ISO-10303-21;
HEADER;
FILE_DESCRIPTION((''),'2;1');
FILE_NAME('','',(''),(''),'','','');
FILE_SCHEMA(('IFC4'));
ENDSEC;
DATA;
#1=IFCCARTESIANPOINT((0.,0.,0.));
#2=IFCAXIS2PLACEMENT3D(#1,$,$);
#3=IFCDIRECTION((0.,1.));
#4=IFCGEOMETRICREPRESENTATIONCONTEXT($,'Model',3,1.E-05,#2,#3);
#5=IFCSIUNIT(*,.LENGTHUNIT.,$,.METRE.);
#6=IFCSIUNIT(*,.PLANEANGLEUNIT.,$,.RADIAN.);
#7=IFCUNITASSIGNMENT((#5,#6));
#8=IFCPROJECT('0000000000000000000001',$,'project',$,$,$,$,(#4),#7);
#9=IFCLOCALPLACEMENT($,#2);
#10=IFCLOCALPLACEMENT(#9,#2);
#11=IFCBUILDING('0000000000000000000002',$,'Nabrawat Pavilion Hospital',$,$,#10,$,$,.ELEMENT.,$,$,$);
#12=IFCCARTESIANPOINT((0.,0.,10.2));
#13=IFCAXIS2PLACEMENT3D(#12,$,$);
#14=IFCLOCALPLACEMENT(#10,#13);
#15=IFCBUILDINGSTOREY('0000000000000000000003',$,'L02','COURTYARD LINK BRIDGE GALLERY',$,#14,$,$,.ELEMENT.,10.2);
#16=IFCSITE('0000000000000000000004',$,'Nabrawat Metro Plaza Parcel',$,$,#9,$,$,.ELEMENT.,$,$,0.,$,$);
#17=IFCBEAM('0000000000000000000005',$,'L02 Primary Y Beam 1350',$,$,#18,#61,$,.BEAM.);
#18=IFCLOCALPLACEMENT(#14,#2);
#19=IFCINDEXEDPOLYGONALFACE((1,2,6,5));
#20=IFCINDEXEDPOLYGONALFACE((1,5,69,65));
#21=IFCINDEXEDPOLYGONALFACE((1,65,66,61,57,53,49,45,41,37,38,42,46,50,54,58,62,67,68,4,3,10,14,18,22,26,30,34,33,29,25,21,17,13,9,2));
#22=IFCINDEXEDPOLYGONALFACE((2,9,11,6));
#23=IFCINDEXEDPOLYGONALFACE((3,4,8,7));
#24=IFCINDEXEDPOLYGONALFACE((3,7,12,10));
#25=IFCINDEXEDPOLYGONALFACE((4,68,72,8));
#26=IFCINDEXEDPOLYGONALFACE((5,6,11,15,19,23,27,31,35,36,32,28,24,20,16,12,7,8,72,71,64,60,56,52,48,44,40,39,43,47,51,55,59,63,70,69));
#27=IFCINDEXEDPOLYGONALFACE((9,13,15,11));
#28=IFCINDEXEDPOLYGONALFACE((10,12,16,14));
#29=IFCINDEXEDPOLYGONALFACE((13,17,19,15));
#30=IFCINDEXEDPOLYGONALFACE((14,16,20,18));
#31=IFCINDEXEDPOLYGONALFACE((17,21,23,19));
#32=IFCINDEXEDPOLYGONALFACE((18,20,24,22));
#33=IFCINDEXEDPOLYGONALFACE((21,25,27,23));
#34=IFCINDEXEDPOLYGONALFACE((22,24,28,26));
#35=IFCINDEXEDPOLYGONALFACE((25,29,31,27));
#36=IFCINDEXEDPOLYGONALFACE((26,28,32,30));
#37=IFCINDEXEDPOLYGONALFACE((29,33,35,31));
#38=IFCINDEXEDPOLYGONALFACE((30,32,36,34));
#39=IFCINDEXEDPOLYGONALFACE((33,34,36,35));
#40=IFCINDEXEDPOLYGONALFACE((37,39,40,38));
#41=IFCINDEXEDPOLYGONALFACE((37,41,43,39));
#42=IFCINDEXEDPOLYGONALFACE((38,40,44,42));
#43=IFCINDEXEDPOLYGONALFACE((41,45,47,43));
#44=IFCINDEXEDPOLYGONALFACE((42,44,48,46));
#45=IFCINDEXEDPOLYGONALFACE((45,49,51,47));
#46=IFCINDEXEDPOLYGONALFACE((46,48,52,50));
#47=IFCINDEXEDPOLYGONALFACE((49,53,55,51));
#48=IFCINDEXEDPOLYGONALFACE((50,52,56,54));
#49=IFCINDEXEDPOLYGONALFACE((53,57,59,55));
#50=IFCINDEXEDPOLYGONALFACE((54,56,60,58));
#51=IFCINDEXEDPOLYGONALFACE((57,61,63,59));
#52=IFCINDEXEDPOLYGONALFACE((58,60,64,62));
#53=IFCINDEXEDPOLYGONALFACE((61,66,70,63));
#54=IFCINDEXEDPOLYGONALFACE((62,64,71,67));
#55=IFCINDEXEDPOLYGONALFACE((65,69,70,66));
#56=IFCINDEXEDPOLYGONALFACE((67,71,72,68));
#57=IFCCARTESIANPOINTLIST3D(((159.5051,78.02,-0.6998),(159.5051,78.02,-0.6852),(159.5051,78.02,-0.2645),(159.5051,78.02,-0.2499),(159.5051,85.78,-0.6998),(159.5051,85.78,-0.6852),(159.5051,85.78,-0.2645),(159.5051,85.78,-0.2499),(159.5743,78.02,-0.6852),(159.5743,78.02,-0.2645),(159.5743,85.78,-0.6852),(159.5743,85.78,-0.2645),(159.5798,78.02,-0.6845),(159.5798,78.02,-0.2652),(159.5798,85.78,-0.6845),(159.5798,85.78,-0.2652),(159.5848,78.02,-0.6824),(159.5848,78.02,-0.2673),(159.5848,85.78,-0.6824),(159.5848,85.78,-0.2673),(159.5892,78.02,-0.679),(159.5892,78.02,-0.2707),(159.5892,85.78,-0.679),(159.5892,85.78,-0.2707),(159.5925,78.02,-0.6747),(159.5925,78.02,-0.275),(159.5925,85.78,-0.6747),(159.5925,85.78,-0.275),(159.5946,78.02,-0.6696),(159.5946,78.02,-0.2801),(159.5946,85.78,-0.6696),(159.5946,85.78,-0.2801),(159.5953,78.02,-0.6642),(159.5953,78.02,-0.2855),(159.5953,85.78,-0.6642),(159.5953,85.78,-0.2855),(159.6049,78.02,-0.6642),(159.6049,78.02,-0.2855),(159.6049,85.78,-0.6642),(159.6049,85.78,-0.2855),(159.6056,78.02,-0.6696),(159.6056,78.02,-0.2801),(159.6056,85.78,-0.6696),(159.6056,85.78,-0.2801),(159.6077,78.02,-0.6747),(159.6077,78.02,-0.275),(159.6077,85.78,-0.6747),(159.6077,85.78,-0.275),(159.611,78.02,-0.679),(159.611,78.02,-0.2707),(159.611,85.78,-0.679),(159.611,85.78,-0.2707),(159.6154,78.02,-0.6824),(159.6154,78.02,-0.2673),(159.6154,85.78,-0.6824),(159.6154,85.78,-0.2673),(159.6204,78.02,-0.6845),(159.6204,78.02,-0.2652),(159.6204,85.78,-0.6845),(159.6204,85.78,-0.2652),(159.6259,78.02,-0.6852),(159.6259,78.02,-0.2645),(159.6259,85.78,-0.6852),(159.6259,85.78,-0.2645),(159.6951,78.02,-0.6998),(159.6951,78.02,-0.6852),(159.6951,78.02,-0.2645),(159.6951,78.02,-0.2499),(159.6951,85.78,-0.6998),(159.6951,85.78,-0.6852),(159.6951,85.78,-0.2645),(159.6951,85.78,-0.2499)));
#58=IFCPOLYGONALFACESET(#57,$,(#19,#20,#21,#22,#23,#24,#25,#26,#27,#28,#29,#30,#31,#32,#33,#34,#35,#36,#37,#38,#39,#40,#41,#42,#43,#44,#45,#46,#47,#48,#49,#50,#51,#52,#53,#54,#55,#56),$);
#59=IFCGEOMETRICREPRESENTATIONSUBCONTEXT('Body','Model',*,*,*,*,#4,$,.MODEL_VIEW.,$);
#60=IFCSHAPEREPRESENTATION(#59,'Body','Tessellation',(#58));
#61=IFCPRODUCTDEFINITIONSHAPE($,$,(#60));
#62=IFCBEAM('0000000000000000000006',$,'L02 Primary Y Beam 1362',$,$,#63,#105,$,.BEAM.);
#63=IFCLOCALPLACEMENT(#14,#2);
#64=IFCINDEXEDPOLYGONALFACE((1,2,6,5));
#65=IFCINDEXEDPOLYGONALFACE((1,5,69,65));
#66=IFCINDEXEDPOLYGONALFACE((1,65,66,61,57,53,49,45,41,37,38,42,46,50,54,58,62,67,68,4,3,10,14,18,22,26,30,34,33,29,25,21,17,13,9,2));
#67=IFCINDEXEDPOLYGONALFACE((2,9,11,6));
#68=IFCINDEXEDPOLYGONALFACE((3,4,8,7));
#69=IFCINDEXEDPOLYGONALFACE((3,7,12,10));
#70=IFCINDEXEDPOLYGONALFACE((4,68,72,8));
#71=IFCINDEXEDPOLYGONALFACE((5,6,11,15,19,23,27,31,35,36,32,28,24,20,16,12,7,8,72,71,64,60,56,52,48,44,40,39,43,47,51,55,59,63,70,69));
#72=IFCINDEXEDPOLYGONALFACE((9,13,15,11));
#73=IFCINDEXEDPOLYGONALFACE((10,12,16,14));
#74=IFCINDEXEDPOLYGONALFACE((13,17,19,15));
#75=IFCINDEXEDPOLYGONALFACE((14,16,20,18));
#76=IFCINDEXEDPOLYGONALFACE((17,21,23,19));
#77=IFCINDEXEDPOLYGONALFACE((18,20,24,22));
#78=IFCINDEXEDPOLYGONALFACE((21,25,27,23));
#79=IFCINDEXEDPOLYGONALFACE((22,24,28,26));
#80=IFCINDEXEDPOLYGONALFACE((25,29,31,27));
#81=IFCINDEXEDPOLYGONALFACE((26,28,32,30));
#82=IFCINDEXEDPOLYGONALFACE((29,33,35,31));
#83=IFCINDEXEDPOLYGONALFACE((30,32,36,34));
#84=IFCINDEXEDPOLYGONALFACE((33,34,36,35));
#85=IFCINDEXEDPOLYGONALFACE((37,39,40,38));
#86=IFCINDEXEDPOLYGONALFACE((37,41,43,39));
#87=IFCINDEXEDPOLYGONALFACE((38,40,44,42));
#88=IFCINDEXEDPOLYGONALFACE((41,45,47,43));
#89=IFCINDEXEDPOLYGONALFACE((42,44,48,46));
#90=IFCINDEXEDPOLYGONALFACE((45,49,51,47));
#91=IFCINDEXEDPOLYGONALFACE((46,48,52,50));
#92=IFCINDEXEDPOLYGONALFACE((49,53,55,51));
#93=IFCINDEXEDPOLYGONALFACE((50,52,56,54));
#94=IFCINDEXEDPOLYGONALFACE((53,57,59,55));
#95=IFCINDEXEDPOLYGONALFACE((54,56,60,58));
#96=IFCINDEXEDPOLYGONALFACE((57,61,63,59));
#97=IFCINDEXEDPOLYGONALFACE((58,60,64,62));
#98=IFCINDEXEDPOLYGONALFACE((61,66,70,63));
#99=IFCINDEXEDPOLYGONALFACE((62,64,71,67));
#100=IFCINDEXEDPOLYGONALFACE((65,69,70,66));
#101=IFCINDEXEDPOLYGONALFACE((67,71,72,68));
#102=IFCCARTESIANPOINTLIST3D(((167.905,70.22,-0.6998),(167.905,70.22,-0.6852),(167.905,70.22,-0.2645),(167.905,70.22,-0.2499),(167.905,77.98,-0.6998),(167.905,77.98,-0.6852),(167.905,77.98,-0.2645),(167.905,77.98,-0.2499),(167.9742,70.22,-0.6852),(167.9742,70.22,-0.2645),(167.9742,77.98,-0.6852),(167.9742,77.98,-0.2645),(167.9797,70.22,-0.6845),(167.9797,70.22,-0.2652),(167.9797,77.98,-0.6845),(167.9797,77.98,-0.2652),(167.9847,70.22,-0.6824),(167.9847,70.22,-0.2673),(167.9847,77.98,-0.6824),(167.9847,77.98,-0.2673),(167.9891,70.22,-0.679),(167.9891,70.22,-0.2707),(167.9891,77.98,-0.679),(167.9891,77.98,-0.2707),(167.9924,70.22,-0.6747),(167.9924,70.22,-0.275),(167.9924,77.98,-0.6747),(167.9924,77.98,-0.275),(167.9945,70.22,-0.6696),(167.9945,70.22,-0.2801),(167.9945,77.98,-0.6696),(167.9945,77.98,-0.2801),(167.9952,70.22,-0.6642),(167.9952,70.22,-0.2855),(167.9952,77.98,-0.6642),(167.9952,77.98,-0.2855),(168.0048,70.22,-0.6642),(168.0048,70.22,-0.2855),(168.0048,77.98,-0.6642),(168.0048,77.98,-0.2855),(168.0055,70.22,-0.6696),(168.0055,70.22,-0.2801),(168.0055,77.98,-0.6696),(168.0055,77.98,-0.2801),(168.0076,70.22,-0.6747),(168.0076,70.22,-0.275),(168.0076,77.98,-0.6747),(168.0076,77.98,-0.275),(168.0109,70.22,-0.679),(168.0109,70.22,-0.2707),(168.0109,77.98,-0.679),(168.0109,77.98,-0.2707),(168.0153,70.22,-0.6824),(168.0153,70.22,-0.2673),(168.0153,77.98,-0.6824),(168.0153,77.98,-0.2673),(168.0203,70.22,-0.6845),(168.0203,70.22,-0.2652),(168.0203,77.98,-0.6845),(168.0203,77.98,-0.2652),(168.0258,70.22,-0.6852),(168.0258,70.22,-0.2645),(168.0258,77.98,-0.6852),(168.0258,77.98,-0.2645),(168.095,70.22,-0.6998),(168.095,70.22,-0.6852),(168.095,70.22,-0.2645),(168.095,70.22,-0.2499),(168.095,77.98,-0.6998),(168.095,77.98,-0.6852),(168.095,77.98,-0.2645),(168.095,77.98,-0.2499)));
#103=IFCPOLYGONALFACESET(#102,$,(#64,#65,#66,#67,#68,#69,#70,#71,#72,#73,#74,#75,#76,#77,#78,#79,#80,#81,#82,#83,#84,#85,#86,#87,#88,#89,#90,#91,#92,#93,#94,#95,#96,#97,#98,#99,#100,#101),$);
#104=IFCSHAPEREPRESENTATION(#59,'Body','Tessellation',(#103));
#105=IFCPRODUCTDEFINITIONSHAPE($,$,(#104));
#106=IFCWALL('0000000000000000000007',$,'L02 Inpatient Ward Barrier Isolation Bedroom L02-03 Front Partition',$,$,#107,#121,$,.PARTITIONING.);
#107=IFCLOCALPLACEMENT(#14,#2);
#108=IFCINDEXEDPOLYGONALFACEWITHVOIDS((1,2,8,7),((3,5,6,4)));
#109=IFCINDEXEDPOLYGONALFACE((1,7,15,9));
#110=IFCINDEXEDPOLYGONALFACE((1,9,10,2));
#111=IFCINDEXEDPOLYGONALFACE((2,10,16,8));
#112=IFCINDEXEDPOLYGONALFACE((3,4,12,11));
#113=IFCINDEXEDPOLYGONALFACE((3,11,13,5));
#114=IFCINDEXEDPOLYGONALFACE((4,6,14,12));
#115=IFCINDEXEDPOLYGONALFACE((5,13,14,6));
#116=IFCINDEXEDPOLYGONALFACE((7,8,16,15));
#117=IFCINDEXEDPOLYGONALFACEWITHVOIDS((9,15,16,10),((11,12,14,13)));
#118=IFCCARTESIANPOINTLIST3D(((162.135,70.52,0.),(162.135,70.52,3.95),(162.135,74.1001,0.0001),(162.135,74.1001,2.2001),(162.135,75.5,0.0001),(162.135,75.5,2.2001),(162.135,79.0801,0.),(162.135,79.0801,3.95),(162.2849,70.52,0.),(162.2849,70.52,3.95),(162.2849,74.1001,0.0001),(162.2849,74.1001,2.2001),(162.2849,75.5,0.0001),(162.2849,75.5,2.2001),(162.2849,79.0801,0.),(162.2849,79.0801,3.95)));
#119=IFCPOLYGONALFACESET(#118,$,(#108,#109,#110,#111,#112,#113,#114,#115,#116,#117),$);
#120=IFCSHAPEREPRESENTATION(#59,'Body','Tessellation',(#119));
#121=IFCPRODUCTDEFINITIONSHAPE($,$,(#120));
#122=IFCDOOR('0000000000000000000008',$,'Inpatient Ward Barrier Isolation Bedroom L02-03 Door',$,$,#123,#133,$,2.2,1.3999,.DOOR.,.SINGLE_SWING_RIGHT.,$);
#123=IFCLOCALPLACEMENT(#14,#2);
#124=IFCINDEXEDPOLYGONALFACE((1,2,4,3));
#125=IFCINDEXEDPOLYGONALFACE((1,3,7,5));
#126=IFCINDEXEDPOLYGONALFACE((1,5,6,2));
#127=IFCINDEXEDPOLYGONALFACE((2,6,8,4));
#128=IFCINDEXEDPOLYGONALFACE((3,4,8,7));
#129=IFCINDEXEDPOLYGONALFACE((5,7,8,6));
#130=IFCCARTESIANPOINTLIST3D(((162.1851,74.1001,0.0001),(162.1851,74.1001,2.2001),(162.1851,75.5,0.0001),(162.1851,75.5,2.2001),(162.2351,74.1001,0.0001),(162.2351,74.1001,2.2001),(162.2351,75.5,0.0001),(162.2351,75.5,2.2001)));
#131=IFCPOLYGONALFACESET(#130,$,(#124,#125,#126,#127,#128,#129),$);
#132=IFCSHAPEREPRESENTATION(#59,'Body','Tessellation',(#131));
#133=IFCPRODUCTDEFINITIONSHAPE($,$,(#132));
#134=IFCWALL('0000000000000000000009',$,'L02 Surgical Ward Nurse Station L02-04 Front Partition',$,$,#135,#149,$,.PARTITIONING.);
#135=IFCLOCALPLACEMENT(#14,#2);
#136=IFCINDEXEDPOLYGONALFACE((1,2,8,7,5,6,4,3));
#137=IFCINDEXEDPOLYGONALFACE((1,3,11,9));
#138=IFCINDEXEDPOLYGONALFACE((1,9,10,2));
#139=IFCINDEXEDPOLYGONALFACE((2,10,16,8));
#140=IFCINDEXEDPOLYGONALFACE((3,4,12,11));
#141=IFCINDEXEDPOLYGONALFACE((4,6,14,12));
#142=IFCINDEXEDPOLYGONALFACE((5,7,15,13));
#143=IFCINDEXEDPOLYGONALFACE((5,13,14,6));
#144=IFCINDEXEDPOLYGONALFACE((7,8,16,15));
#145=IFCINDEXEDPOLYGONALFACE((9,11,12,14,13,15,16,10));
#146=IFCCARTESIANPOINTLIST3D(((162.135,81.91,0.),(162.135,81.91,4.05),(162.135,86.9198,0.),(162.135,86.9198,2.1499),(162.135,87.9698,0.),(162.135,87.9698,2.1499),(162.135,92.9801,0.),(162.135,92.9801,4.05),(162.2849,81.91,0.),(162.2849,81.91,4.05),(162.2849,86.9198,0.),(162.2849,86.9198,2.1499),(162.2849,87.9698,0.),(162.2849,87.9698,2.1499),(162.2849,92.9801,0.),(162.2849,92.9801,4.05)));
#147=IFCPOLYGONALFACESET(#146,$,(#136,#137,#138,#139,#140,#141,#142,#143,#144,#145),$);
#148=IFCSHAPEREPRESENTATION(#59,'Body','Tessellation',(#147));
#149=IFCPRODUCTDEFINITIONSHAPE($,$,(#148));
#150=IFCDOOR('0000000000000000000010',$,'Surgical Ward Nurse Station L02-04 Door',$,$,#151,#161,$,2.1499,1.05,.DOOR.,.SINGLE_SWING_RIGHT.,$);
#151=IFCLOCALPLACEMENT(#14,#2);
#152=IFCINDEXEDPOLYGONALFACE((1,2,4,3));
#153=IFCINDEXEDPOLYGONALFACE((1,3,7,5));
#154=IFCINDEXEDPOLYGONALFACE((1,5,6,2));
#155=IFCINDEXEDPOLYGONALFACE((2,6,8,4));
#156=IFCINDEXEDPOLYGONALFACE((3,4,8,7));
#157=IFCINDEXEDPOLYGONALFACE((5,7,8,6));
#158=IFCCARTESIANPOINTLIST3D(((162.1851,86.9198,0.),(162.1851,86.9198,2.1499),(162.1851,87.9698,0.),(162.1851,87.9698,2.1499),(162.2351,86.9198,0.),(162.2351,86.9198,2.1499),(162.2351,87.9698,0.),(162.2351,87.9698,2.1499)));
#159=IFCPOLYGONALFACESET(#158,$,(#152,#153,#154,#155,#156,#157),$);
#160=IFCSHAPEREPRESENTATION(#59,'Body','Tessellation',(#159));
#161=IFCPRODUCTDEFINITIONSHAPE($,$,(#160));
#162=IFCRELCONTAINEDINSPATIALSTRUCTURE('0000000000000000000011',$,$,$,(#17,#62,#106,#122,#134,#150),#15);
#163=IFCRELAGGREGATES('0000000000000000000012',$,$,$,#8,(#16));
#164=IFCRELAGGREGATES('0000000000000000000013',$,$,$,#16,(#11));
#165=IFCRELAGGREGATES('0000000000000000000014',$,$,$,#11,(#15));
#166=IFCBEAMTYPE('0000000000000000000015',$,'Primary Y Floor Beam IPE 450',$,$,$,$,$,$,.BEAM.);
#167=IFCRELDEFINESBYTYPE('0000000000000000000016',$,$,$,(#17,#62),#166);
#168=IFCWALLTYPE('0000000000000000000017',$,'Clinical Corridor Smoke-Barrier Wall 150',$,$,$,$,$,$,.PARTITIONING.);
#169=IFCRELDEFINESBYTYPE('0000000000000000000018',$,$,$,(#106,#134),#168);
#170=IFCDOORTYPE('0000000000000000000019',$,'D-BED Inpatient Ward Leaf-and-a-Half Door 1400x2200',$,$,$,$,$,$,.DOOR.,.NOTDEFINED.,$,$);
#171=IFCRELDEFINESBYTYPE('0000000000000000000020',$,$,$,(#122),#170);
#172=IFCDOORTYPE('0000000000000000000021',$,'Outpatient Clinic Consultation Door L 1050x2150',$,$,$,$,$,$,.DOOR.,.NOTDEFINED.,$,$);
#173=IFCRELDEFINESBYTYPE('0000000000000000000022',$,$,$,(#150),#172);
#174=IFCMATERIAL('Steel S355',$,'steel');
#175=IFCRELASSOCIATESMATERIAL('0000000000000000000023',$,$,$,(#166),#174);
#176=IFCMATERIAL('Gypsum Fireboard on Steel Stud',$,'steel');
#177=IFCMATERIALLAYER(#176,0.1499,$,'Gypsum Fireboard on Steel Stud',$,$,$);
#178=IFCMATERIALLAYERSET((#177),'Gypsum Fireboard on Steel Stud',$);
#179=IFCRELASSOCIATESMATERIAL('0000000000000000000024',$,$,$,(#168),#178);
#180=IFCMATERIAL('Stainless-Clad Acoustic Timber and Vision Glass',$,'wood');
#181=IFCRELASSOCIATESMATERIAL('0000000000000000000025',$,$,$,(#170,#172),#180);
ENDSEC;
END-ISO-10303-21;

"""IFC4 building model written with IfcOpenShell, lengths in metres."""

from ifc_helpers import new_model, si_unit, direction, frame, frame_2d, origin, origin_2d, place, context, subcontext, project, spatial, rectangle, i_section, extrude, material, layer, layer_set, material_profile, profile_set, type_object, element, fill, save


model = new_model("IFC4")

# Units and contexts
model_context = context("Model", 3, precision=1e-05, world=origin(), true_north=direction((0.0, 1.0)))
body_context = subcontext(model_context, "Body", "Model", "MODEL_VIEW")
ifc_project = project(units=[si_unit("LENGTHUNIT", "METRE"), si_unit("PLANEANGLEUNIT", "RADIAN")], contexts=[model_context])

# Site, building, storey
site_placement = place(None, origin())
site = spatial("IfcSite", under=ifc_project, at=site_placement, Name="Nabrawat Metro Plaza Parcel", CompositionType="ELEMENT", RefElevation=0.0)
building_placement = place(site_placement, origin())
building = spatial("IfcBuilding", under=site, at=building_placement, Name="Nabrawat Pavilion Hospital", CompositionType="ELEMENT")
storey_placement = place(building_placement, frame((0.0, 0.0, 10.2)))
storey = spatial("IfcBuildingStorey", under=building, at=storey_placement, Name="L02", Description="COURTYARD LINK BRIDGE GALLERY", CompositionType="ELEMENT", Elevation=10.2)

# Shared definitions
ifc_material_1 = material(Name="Steel S355", Category="steel")

# Beams
ifc_material_profile_1 = material_profile(ifc_material_1, i_section(OverallWidth=0.1899, OverallDepth=0.45, WebThickness=0.0095, FlangeThickness=0.0146, FilletRadius=0.021, at=origin_2d()), Name="IPE 450")
ifc_profile_set_1 = profile_set([ifc_material_profile_1], Name="Steel S355")
beam_type_1 = type_object("IfcBeamType", Name="Primary Y Floor Beam IPE 450", PredefinedType="BEAM", material=ifc_profile_set_1)
for number, where, z_axis, x_axis, name in (
    (1, (159.6001, 78.02, -0.4749), (0.0, 1.0, 0.0), (-1.0, 0.0, 0.0), "L02 Primary Y Beam 1350"),
    (2, (168.0, 70.22, -0.4749), (0.0, 1.0, 0.0), (-1.0, 0.0, 0.0), "L02 Primary Y Beam 1362"),
):
    element("IfcBeam", number, at=place(storey_placement, frame(where, z_axis=z_axis, x_axis=x_axis)), inside=storey, type_object=beam_type_1, Name=name, PredefinedType="BEAM", context=body_context, shape_type="SweptSolid", body=[
        extrude(i_section(OverallWidth=0.1899, OverallDepth=0.45, WebThickness=0.0095, FlangeThickness=0.0146, FilletRadius=0.021, at=origin_2d()), origin(), (0.0, 0.0, 1.0), 7.76),
    ])

# Walls, openings, doors
ifc_material_2 = material(Name="Gypsum Fireboard on Steel Stud", Category="steel")
ifc_layer_1 = layer(ifc_material_2, 0.1499, Name="Gypsum Fireboard on Steel Stud")
ifc_layer_set_1 = layer_set([ifc_layer_1], Name="Gypsum Fireboard on Steel Stud")
wall_type_1 = type_object("IfcWallType", Name="Clinical Corridor Smoke-Barrier Wall 150", PredefinedType="PARTITIONING", material=ifc_layer_set_1)
wall_1_placement = place(storey_placement, frame((162.21, 70.52, 0.0), z_axis=(0.0, 0.0, 1.0), x_axis=(0.0, 1.0, 0.0)))
wall_1 = element("IfcWall", 3, at=wall_1_placement, inside=storey, type_object=wall_type_1, Name="L02 Inpatient Ward Barrier Isolation Bedroom L02-03 Front Partition", PredefinedType="PARTITIONING", context=body_context, shape_type="SweptSolid", body=[
    extrude(rectangle(XDim=8.5601, YDim=0.1499, at=frame_2d((4.28, 0.0))), origin(), (0.0, 0.0, 1.0), 3.95),
])
opening_1_placement = place(wall_1_placement, frame((3.5801, 0.0, 0.0)))
opening_1 = element("IfcOpeningElement", 4, at=opening_1_placement, cuts=wall_1, PredefinedType="OPENING", context=body_context, shape_type="SweptSolid", body=[
    extrude(rectangle(XDim=1.3999, YDim=2.2, at=frame_2d((0.7, 1.1001))), frame((0.0, 0.085, 0.0), z_axis=(0.0, -1.0, 0.0), x_axis=(1.0, 0.0, 0.0)), (0.0, 0.0, 1.0), 0.1699),
])
ifc_material_3 = material(Name="Stainless-Clad Acoustic Timber and Vision Glass", Category="wood")
door_type_1 = type_object("IfcDoorType", Name="D-BED Inpatient Ward Leaf-and-a-Half Door 1400x2200", OperationType="NOTDEFINED", PredefinedType="DOOR", material=ifc_material_3)
door_1_placement = place(opening_1_placement, origin())
door_1 = element("IfcDoor", 5, at=door_1_placement, inside=storey, type_object=door_type_1, Name="Inpatient Ward Barrier Isolation Bedroom L02-03 Door", OperationType="SINGLE_SWING_RIGHT", OverallHeight=2.2, OverallWidth=1.3999, PredefinedType="DOOR", context=body_context, shape_type="SweptSolid", body=[
    extrude(rectangle(XDim=1.3999, YDim=2.2, at=frame_2d((0.7, 1.1001))), frame((0.0, 0.0249, 0.0), z_axis=(0.0, -1.0, 0.0), x_axis=(1.0, 0.0, 0.0)), (0.0, 0.0, 1.0), 0.05),
])
fill(opening_1, door_1)
wall_2_placement = place(storey_placement, frame((162.21, 81.9099, 0.0), z_axis=(0.0, 0.0, 1.0), x_axis=(0.0, 1.0, 0.0)))
wall_2 = element("IfcWall", 6, at=wall_2_placement, inside=storey, type_object=wall_type_1, Name="L02 Surgical Ward Nurse Station L02-04 Front Partition", PredefinedType="PARTITIONING", context=body_context, shape_type="SweptSolid", body=[
    extrude(rectangle(XDim=11.0701, YDim=0.1499, at=frame_2d((5.5352, 0.0))), origin(), (0.0, 0.0, 1.0), 4.05),
])
opening_2_placement = place(wall_2_placement, frame((5.01, 0.0, 0.0)))
opening_2 = element("IfcOpeningElement", 7, at=opening_2_placement, cuts=wall_2, PredefinedType="OPENING", context=body_context, shape_type="SweptSolid", body=[
    extrude(rectangle(XDim=1.05, YDim=2.1499, at=frame_2d((0.5249, 1.075))), frame((0.0, 0.085, 0.0), z_axis=(0.0, -1.0, 0.0), x_axis=(1.0, 0.0, 0.0)), (0.0, 0.0, 1.0), 0.1699),
])
door_type_2 = type_object("IfcDoorType", Name="Outpatient Clinic Consultation Door L 1050x2150", OperationType="NOTDEFINED", PredefinedType="DOOR", material=ifc_material_3)
door_2_placement = place(opening_2_placement, origin())
door_2 = element("IfcDoor", 8, at=door_2_placement, inside=storey, type_object=door_type_2, Name="Surgical Ward Nurse Station L02-04 Door", OperationType="SINGLE_SWING_RIGHT", OverallHeight=2.1499, OverallWidth=1.05, PredefinedType="DOOR", context=body_context, shape_type="SweptSolid", body=[
    extrude(rectangle(XDim=1.05, YDim=2.1499, at=frame_2d((0.5249, 1.075))), frame((0.0, 0.0249, 0.0), z_axis=(0.0, -1.0, 0.0), x_axis=(1.0, 0.0, 0.0)), (0.0, 0.0, 1.0), 0.05),
])
fill(opening_2, door_2)

save(model, "model.ifc")
